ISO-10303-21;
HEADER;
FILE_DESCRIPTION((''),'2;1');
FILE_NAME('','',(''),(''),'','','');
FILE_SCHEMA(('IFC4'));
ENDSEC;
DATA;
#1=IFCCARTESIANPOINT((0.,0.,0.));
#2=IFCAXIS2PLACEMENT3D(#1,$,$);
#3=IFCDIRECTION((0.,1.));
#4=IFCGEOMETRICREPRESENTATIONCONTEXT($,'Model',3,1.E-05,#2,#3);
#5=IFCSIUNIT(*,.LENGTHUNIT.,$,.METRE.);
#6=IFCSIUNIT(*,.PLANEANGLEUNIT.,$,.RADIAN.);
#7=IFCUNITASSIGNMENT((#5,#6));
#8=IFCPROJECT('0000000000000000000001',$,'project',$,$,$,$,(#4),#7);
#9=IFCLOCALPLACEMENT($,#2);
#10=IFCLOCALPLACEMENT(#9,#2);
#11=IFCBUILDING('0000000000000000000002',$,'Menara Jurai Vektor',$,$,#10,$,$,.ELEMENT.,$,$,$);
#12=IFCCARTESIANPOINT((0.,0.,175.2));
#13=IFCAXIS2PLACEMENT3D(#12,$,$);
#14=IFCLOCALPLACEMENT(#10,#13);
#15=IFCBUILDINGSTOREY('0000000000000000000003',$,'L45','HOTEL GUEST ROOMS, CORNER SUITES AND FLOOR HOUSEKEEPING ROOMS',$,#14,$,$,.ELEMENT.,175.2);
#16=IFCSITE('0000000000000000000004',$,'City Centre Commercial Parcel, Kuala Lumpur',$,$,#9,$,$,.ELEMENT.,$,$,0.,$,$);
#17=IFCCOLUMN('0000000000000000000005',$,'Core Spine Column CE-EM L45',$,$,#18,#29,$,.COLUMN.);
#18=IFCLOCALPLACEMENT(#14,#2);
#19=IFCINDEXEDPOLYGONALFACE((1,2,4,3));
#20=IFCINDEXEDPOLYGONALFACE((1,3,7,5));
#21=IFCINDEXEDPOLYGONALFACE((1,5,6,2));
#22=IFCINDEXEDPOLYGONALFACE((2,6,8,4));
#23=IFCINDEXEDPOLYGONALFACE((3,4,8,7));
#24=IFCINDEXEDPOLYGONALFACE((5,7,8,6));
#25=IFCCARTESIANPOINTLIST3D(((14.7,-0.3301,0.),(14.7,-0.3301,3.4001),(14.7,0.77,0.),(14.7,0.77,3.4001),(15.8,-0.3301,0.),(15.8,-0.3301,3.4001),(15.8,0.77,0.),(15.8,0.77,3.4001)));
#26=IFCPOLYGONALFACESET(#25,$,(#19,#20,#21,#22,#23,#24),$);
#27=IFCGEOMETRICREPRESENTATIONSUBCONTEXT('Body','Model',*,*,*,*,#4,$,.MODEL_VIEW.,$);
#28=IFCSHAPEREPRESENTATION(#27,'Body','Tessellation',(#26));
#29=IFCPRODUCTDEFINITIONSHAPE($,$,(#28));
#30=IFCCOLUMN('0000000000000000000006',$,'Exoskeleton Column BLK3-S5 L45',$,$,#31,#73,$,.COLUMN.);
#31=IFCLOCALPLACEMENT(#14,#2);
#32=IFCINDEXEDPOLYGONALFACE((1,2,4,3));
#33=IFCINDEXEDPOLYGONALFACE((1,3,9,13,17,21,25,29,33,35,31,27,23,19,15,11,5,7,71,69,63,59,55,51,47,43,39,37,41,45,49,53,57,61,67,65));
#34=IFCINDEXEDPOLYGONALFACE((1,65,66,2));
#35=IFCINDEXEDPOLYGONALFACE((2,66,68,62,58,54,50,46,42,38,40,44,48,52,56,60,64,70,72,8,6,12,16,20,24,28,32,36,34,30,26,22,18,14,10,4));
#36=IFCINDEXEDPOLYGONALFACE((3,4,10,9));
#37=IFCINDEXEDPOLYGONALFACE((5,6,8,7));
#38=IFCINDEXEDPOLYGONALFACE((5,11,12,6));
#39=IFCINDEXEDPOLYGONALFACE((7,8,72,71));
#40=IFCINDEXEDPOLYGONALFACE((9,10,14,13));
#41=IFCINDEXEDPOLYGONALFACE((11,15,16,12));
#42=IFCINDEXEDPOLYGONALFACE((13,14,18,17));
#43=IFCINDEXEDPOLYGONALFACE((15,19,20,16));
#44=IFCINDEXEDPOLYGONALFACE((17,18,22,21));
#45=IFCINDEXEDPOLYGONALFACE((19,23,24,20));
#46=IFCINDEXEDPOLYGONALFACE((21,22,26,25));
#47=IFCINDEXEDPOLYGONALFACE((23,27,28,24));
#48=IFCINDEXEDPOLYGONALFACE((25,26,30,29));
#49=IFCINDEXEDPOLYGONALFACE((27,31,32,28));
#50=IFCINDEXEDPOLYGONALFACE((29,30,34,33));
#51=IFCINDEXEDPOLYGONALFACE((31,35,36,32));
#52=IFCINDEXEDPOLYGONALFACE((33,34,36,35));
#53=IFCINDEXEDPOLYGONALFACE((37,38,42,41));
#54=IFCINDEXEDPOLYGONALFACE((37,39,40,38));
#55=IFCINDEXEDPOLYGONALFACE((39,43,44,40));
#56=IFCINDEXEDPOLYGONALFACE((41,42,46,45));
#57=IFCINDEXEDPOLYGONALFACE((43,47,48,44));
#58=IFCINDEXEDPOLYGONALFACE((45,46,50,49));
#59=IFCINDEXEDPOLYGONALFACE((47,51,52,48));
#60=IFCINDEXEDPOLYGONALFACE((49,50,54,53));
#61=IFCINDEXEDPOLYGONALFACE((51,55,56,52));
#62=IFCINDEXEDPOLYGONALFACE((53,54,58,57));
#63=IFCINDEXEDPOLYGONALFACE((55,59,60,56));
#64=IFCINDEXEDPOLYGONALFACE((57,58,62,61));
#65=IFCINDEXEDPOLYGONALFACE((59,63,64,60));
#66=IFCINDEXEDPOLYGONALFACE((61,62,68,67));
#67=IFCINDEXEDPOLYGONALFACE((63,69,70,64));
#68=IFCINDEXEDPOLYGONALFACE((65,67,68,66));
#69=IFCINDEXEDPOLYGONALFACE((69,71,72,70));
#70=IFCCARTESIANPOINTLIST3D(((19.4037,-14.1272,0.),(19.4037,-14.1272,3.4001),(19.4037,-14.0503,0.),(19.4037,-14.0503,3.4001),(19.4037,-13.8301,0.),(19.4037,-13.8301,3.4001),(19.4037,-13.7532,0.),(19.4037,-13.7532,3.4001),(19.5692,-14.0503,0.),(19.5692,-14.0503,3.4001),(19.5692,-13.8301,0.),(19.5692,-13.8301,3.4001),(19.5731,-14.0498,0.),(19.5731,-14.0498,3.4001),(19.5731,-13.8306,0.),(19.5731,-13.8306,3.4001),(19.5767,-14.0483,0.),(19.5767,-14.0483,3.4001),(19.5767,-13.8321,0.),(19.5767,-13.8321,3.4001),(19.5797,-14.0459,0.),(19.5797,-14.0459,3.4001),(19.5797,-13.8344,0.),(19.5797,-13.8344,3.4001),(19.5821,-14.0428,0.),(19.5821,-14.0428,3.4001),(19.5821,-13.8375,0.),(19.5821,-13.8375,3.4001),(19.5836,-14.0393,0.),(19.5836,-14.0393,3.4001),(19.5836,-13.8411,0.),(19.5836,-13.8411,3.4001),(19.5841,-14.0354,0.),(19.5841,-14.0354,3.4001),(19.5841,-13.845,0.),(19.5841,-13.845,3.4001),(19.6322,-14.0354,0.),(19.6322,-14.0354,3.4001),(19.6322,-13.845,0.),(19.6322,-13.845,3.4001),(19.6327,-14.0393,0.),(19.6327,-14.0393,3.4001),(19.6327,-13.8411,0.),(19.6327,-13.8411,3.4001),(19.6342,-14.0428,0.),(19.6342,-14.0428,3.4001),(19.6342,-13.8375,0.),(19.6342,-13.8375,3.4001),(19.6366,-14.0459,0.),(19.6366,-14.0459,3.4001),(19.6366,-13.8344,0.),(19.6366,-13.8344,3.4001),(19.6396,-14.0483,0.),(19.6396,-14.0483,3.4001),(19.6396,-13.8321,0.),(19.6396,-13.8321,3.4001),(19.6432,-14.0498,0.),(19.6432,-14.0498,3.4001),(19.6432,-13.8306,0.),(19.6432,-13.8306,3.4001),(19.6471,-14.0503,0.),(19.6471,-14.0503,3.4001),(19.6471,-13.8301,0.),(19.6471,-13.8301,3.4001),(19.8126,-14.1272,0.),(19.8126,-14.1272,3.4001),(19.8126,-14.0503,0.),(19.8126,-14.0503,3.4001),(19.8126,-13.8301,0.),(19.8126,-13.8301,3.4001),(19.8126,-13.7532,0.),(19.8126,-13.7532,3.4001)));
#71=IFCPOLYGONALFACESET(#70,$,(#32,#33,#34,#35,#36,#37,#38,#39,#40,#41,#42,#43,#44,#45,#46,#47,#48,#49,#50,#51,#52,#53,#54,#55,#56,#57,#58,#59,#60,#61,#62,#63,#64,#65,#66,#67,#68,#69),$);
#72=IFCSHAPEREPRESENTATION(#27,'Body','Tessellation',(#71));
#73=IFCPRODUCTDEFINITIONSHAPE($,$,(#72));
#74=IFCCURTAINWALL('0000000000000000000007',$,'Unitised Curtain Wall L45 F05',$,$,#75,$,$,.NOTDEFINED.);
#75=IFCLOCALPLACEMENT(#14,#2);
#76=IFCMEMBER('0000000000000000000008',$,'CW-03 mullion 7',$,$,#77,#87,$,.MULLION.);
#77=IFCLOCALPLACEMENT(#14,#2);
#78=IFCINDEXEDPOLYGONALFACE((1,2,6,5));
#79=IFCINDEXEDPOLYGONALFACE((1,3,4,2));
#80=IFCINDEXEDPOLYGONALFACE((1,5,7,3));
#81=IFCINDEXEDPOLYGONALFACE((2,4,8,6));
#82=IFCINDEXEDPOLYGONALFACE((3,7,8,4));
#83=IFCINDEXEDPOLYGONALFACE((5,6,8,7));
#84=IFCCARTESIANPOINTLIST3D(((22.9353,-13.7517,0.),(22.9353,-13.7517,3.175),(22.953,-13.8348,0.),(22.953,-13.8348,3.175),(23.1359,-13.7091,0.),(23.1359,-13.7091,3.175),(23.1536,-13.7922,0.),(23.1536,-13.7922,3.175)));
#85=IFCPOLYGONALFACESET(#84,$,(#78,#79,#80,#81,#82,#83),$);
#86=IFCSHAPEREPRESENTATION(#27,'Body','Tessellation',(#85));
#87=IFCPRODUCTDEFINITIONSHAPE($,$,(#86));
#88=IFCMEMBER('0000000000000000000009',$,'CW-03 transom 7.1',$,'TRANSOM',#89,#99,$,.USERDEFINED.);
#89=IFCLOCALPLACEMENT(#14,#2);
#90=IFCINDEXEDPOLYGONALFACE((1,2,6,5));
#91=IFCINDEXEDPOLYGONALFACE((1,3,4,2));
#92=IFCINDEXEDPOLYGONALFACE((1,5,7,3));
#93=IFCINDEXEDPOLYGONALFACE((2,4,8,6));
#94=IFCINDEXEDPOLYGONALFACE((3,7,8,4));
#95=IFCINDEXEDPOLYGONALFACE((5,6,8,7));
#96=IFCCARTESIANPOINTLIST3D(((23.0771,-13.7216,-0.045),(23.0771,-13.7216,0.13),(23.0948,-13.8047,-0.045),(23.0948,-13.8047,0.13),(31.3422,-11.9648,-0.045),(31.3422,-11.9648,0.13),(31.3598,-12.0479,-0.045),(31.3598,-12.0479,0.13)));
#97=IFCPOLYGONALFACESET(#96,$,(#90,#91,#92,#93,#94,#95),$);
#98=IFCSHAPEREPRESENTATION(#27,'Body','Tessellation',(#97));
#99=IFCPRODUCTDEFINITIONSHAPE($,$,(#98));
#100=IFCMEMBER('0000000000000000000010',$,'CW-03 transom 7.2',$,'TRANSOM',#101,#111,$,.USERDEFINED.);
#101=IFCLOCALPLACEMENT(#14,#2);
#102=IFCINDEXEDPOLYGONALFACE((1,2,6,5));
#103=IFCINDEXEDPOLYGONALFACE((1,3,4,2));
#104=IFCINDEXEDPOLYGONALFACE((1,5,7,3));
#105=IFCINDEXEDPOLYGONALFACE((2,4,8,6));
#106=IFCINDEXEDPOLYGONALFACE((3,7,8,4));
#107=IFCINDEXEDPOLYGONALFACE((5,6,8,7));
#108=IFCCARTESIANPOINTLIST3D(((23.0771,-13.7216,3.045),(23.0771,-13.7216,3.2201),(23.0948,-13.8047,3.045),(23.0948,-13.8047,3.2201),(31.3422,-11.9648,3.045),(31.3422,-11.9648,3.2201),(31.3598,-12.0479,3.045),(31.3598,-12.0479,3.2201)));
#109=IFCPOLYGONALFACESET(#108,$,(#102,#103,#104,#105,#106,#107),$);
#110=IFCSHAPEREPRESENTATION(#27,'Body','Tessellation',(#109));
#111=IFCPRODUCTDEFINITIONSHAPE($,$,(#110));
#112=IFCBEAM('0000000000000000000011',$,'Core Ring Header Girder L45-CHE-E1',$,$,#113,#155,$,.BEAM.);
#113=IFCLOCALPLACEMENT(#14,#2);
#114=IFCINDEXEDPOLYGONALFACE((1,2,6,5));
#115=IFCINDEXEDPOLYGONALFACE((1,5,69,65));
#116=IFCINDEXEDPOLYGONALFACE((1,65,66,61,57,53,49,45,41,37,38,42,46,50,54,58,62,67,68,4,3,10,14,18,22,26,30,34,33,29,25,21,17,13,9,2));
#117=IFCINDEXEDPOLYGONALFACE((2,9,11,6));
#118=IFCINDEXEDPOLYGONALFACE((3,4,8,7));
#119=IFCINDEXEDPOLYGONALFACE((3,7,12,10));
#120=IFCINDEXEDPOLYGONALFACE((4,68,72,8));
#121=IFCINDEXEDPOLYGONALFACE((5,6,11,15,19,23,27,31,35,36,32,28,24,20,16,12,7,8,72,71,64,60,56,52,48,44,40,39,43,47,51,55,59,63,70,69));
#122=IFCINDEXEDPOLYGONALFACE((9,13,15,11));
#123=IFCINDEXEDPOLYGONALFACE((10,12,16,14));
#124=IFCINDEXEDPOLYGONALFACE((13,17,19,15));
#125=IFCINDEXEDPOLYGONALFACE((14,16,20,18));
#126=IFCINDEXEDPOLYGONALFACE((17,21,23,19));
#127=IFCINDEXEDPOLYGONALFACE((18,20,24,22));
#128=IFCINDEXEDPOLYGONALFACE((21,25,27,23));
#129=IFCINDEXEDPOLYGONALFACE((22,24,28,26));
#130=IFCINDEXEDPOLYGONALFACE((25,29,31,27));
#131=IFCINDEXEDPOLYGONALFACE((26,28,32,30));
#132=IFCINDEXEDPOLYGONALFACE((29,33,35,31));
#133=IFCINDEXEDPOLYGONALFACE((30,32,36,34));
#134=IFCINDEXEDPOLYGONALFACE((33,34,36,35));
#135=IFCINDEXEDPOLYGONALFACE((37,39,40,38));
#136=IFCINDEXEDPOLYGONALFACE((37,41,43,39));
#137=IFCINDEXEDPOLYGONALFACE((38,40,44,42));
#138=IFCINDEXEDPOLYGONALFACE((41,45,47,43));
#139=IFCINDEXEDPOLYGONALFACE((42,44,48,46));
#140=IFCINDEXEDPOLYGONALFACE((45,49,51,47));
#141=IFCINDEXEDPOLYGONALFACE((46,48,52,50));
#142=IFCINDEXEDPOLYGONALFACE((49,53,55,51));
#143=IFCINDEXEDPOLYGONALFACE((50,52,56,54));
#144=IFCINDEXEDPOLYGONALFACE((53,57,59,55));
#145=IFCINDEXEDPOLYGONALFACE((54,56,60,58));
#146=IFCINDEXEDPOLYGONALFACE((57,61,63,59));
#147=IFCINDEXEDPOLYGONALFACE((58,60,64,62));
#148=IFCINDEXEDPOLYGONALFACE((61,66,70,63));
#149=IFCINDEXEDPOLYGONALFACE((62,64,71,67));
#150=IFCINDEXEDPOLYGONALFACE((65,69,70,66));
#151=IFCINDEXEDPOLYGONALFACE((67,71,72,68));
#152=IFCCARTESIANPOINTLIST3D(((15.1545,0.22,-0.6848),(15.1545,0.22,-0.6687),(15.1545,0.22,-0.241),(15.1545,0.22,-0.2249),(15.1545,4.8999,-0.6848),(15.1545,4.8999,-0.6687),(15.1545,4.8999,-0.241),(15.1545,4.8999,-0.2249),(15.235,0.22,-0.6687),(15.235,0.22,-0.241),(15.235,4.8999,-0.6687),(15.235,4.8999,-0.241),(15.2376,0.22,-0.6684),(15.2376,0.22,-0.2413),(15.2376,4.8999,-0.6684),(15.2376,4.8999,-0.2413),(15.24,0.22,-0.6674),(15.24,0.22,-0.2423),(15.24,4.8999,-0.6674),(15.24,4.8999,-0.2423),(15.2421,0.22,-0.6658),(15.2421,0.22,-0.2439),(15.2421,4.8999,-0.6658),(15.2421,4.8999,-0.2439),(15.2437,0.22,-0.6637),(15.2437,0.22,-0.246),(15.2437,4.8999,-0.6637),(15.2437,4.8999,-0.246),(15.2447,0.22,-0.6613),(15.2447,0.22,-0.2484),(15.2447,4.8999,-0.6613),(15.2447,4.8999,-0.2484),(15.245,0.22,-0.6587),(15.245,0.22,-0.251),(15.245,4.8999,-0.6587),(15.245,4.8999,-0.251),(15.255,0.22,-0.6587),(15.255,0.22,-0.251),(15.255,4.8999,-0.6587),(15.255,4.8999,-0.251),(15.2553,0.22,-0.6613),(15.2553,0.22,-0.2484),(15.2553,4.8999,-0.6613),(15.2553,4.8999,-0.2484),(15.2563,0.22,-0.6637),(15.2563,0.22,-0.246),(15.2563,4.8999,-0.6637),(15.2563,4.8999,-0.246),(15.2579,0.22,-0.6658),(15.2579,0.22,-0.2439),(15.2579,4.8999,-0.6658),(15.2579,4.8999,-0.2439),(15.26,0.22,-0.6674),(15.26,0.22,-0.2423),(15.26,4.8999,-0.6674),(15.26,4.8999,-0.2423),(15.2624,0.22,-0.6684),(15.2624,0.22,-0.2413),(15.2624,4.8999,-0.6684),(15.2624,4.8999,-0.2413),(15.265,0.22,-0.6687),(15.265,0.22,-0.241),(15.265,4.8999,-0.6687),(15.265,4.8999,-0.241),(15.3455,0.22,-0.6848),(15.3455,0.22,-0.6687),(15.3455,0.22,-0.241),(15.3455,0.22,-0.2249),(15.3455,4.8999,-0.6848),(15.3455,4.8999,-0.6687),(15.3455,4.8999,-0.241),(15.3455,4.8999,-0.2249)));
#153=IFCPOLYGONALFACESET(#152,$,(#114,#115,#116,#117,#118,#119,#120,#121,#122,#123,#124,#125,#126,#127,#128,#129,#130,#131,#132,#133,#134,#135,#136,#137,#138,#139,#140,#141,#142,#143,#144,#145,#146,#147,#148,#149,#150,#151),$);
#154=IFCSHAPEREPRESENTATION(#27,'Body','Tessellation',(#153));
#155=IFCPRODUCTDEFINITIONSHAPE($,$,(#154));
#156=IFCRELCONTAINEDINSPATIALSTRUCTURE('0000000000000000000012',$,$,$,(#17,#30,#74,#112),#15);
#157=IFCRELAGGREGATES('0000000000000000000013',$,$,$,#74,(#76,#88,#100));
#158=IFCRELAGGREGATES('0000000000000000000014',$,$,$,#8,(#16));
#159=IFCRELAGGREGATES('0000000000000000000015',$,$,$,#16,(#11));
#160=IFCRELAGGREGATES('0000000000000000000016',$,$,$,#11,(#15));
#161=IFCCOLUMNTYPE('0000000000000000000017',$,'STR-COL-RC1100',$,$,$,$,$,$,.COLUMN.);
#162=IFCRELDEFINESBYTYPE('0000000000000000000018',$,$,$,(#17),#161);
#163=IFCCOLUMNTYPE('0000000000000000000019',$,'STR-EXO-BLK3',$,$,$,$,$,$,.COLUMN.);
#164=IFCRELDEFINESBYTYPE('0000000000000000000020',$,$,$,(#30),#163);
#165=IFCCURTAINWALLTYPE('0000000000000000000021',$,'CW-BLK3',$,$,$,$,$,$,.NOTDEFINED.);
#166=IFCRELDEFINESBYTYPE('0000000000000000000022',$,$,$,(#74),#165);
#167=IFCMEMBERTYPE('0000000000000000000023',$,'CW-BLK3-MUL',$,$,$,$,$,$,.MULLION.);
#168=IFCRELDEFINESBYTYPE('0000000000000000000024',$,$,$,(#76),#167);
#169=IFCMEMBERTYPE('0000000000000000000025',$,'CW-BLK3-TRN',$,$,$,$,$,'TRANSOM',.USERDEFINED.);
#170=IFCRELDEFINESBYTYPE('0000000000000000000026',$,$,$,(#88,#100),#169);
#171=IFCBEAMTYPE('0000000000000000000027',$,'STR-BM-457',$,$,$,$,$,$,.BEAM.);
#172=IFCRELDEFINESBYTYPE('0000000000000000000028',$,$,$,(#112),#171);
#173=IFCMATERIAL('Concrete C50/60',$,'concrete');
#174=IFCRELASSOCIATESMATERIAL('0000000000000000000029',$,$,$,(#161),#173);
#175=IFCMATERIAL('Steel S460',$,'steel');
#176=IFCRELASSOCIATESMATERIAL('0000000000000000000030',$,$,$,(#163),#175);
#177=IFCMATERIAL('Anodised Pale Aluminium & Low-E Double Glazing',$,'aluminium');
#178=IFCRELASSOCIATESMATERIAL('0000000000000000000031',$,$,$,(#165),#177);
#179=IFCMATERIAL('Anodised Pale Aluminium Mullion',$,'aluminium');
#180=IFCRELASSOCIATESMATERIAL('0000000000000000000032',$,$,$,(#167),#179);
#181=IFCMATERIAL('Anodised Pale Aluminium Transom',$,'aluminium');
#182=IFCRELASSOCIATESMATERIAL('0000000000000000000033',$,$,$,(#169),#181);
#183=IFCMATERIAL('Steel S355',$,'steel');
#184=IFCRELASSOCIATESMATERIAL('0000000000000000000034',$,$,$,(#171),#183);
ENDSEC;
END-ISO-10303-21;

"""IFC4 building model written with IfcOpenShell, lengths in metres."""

from ifc_helpers import new_model, si_unit, direction, frame, origin, origin_2d, place, context, subcontext, project, spatial, rectangle, i_section, extrude, material, material_profile, profile_set, type_object, element, aggregate, save


model = new_model("IFC4")

# Units and contexts
model_context = context("Model", 3, precision=1e-05, world=origin(), true_north=direction((0.0, 1.0)))
body_context = subcontext(model_context, "Body", "Model", "MODEL_VIEW")
ifc_project = project(units=[si_unit("LENGTHUNIT", "METRE"), si_unit("PLANEANGLEUNIT", "RADIAN")], contexts=[model_context])

# Site, building, storey
site_placement = place(None, origin())
site = spatial("IfcSite", under=ifc_project, at=site_placement, Name="City Centre Commercial Parcel, Kuala Lumpur", CompositionType="ELEMENT", RefElevation=0.0)
building_placement = place(site_placement, origin())
building = spatial("IfcBuilding", under=site, at=building_placement, Name="Menara Jurai Vektor", CompositionType="ELEMENT")
storey_placement = place(building_placement, frame((0.0, 0.0, 175.2)))
storey = spatial("IfcBuildingStorey", under=building, at=storey_placement, Name="L45", Description="HOTEL GUEST ROOMS, CORNER SUITES AND FLOOR HOUSEKEEPING ROOMS", CompositionType="ELEMENT", Elevation=175.2)

# Columns
ifc_material_1 = material(Name="Concrete C50/60", Category="concrete")
ifc_material_profile_1 = material_profile(ifc_material_1, rectangle(XDim=1.1001, YDim=1.1001, at=origin_2d()), Name="RC 1100x1100")
ifc_profile_set_1 = profile_set([ifc_material_profile_1], Name="Concrete C50/60")
column_type_1 = type_object("IfcColumnType", Name="STR-COL-RC1100", PredefinedType="COLUMN", material=ifc_profile_set_1)
column_1_placement = place(storey_placement, frame((15.25, 0.22, 0.0), z_axis=(0.0, 0.0, 1.0), x_axis=(1.0, 0.0, 0.0)))
element("IfcColumn", 1, at=column_1_placement, inside=storey, type_object=column_type_1, Name="Core Spine Column CE-EM L45", PredefinedType="COLUMN", context=body_context, shape_type="SweptSolid", body=[
    extrude(rectangle(XDim=1.1001, YDim=1.1001, at=origin_2d()), origin(), (0.0, 0.0, 1.0), 3.4001),
])
ifc_material_2 = material(Name="Steel S460", Category="steel")
ifc_material_profile_2 = material_profile(ifc_material_2, i_section(OverallWidth=0.4089, OverallDepth=0.374, WebThickness=0.0481, FlangeThickness=0.0769, FilletRadius=0.0149, at=origin_2d()), Name="HD 400x634")
ifc_profile_set_2 = profile_set([ifc_material_profile_2], Name="Steel S460")
column_type_2 = type_object("IfcColumnType", Name="STR-EXO-BLK3", PredefinedType="COLUMN", material=ifc_profile_set_2)
column_2_placement = place(storey_placement, frame((19.6082, -13.9402, 0.0), z_axis=(0.0, 0.0, 1.0), x_axis=(1.0, 0.0, 0.0)))
element("IfcColumn", 2, at=column_2_placement, inside=storey, type_object=column_type_2, Name="Exoskeleton Column BLK3-S5 L45", PredefinedType="COLUMN", context=body_context, shape_type="SweptSolid", body=[
    extrude(i_section(OverallWidth=0.4089, OverallDepth=0.374, WebThickness=0.0481, FlangeThickness=0.0769, FilletRadius=0.0149, at=origin_2d()), origin(), (0.0, 0.0, 1.0), 3.4001),
])

# Curtain wall, members
ifc_material_3 = material(Name="Anodised Pale Aluminium & Low-E Double Glazing", Category="aluminium")
curtain_wall_type = type_object("IfcCurtainWallType", Name="CW-BLK3", PredefinedType="NOTDEFINED", material=ifc_material_3)
curtain_wall_placement = place(storey_placement, origin())
curtain_wall = element("IfcCurtainWall", 3, at=curtain_wall_placement, inside=storey, type_object=curtain_wall_type, Name="Unitised Curtain Wall L45 F05", PredefinedType="NOTDEFINED")
ifc_material_4 = material(Name="Anodised Pale Aluminium Mullion", Category="aluminium")
ifc_material_profile_3 = material_profile(ifc_material_4, rectangle(XDim=0.085, YDim=0.2051, at=origin_2d()), Name="ALU MUL 85x205")
ifc_profile_set_3 = profile_set([ifc_material_profile_3], Name="Anodised Pale Aluminium Mullion")
member_type_1 = type_object("IfcMemberType", Name="CW-BLK3-MUL", PredefinedType="MULLION", material=ifc_profile_set_3)
member_1_placement = place(storey_placement, frame((23.0444, -13.772, 0.0), z_axis=(0.0, 0.0, 1.0), x_axis=(-0.207911, 0.978148, 0.0)))
member_1 = element("IfcMember", 4, at=member_1_placement, type_object=member_type_1, Name="CW-03 mullion 7", PredefinedType="MULLION", context=body_context, shape_type="SweptSolid", body=[
    extrude(rectangle(XDim=0.085, YDim=0.2051, at=origin_2d()), origin(), (0.0, 0.0, 1.0), 3.175),
])
ifc_material_5 = material(Name="Anodised Pale Aluminium Transom", Category="aluminium")
ifc_material_profile_4 = material_profile(ifc_material_5, rectangle(XDim=0.085, YDim=0.175, at=origin_2d()), Name="ALU TRN 85x175")
ifc_profile_set_4 = profile_set([ifc_material_profile_4], Name="Anodised Pale Aluminium Transom")
member_type_2 = type_object("IfcMemberType", Name="CW-BLK3-TRN", ElementType="TRANSOM", PredefinedType="USERDEFINED", material=ifc_profile_set_4)
member_2_placement = place(storey_placement, frame((23.0859, -13.7632, 0.0425), z_axis=(0.978147, 0.207915, 0.0), x_axis=(-0.207915, 0.978147, 0.0)))
member_2 = element("IfcMember", 5, at=member_2_placement, type_object=member_type_2, Name="CW-03 transom 7.1", ObjectType="TRANSOM", PredefinedType="USERDEFINED", context=body_context, shape_type="SweptSolid", body=[
    extrude(rectangle(XDim=0.085, YDim=0.175, at=origin_2d()), origin(), (0.0, 0.0, 1.0), 8.4497),
])
member_3_placement = place(storey_placement, frame((23.0859, -13.7632, 3.1326), z_axis=(0.978147, 0.207915, 0.0), x_axis=(-0.207915, 0.978147, 0.0)))
member_3 = element("IfcMember", 6, at=member_3_placement, type_object=member_type_2, Name="CW-03 transom 7.2", ObjectType="TRANSOM", PredefinedType="USERDEFINED", context=body_context, shape_type="SweptSolid", body=[
    extrude(rectangle(XDim=0.085, YDim=0.175, at=origin_2d()), origin(), (0.0, 0.0, 1.0), 8.4497),
])

# Beam
ifc_material_6 = material(Name="Steel S355", Category="steel")
ifc_material_profile_5 = material_profile(ifc_material_6, i_section(OverallWidth=0.1909, OverallDepth=0.46, WebThickness=0.01, FlangeThickness=0.0161, FilletRadius=0.01, at=origin_2d()), Name="UKB 457x191x82")
ifc_profile_set_5 = profile_set([ifc_material_profile_5], Name="Steel S355")
beam_type_1 = type_object("IfcBeamType", Name="STR-BM-457", PredefinedType="BEAM", material=ifc_profile_set_5)
beam_1_placement = place(storey_placement, frame((15.25, 0.22, -0.4548), z_axis=(0.0, 1.0, 0.0), x_axis=(-1.0, 0.0, 0.0)))
element("IfcBeam", 7, at=beam_1_placement, inside=storey, type_object=beam_type_1, Name="Core Ring Header Girder L45-CHE-E1", PredefinedType="BEAM", context=body_context, shape_type="SweptSolid", body=[
    extrude(i_section(OverallWidth=0.1909, OverallDepth=0.46, WebThickness=0.01, FlangeThickness=0.0161, FilletRadius=0.01, at=origin_2d()), origin(), (0.0, 0.0, 1.0), 4.6799),
])

aggregate(curtain_wall, [member_1, member_2, member_3])

save(model, "model.ifc")
